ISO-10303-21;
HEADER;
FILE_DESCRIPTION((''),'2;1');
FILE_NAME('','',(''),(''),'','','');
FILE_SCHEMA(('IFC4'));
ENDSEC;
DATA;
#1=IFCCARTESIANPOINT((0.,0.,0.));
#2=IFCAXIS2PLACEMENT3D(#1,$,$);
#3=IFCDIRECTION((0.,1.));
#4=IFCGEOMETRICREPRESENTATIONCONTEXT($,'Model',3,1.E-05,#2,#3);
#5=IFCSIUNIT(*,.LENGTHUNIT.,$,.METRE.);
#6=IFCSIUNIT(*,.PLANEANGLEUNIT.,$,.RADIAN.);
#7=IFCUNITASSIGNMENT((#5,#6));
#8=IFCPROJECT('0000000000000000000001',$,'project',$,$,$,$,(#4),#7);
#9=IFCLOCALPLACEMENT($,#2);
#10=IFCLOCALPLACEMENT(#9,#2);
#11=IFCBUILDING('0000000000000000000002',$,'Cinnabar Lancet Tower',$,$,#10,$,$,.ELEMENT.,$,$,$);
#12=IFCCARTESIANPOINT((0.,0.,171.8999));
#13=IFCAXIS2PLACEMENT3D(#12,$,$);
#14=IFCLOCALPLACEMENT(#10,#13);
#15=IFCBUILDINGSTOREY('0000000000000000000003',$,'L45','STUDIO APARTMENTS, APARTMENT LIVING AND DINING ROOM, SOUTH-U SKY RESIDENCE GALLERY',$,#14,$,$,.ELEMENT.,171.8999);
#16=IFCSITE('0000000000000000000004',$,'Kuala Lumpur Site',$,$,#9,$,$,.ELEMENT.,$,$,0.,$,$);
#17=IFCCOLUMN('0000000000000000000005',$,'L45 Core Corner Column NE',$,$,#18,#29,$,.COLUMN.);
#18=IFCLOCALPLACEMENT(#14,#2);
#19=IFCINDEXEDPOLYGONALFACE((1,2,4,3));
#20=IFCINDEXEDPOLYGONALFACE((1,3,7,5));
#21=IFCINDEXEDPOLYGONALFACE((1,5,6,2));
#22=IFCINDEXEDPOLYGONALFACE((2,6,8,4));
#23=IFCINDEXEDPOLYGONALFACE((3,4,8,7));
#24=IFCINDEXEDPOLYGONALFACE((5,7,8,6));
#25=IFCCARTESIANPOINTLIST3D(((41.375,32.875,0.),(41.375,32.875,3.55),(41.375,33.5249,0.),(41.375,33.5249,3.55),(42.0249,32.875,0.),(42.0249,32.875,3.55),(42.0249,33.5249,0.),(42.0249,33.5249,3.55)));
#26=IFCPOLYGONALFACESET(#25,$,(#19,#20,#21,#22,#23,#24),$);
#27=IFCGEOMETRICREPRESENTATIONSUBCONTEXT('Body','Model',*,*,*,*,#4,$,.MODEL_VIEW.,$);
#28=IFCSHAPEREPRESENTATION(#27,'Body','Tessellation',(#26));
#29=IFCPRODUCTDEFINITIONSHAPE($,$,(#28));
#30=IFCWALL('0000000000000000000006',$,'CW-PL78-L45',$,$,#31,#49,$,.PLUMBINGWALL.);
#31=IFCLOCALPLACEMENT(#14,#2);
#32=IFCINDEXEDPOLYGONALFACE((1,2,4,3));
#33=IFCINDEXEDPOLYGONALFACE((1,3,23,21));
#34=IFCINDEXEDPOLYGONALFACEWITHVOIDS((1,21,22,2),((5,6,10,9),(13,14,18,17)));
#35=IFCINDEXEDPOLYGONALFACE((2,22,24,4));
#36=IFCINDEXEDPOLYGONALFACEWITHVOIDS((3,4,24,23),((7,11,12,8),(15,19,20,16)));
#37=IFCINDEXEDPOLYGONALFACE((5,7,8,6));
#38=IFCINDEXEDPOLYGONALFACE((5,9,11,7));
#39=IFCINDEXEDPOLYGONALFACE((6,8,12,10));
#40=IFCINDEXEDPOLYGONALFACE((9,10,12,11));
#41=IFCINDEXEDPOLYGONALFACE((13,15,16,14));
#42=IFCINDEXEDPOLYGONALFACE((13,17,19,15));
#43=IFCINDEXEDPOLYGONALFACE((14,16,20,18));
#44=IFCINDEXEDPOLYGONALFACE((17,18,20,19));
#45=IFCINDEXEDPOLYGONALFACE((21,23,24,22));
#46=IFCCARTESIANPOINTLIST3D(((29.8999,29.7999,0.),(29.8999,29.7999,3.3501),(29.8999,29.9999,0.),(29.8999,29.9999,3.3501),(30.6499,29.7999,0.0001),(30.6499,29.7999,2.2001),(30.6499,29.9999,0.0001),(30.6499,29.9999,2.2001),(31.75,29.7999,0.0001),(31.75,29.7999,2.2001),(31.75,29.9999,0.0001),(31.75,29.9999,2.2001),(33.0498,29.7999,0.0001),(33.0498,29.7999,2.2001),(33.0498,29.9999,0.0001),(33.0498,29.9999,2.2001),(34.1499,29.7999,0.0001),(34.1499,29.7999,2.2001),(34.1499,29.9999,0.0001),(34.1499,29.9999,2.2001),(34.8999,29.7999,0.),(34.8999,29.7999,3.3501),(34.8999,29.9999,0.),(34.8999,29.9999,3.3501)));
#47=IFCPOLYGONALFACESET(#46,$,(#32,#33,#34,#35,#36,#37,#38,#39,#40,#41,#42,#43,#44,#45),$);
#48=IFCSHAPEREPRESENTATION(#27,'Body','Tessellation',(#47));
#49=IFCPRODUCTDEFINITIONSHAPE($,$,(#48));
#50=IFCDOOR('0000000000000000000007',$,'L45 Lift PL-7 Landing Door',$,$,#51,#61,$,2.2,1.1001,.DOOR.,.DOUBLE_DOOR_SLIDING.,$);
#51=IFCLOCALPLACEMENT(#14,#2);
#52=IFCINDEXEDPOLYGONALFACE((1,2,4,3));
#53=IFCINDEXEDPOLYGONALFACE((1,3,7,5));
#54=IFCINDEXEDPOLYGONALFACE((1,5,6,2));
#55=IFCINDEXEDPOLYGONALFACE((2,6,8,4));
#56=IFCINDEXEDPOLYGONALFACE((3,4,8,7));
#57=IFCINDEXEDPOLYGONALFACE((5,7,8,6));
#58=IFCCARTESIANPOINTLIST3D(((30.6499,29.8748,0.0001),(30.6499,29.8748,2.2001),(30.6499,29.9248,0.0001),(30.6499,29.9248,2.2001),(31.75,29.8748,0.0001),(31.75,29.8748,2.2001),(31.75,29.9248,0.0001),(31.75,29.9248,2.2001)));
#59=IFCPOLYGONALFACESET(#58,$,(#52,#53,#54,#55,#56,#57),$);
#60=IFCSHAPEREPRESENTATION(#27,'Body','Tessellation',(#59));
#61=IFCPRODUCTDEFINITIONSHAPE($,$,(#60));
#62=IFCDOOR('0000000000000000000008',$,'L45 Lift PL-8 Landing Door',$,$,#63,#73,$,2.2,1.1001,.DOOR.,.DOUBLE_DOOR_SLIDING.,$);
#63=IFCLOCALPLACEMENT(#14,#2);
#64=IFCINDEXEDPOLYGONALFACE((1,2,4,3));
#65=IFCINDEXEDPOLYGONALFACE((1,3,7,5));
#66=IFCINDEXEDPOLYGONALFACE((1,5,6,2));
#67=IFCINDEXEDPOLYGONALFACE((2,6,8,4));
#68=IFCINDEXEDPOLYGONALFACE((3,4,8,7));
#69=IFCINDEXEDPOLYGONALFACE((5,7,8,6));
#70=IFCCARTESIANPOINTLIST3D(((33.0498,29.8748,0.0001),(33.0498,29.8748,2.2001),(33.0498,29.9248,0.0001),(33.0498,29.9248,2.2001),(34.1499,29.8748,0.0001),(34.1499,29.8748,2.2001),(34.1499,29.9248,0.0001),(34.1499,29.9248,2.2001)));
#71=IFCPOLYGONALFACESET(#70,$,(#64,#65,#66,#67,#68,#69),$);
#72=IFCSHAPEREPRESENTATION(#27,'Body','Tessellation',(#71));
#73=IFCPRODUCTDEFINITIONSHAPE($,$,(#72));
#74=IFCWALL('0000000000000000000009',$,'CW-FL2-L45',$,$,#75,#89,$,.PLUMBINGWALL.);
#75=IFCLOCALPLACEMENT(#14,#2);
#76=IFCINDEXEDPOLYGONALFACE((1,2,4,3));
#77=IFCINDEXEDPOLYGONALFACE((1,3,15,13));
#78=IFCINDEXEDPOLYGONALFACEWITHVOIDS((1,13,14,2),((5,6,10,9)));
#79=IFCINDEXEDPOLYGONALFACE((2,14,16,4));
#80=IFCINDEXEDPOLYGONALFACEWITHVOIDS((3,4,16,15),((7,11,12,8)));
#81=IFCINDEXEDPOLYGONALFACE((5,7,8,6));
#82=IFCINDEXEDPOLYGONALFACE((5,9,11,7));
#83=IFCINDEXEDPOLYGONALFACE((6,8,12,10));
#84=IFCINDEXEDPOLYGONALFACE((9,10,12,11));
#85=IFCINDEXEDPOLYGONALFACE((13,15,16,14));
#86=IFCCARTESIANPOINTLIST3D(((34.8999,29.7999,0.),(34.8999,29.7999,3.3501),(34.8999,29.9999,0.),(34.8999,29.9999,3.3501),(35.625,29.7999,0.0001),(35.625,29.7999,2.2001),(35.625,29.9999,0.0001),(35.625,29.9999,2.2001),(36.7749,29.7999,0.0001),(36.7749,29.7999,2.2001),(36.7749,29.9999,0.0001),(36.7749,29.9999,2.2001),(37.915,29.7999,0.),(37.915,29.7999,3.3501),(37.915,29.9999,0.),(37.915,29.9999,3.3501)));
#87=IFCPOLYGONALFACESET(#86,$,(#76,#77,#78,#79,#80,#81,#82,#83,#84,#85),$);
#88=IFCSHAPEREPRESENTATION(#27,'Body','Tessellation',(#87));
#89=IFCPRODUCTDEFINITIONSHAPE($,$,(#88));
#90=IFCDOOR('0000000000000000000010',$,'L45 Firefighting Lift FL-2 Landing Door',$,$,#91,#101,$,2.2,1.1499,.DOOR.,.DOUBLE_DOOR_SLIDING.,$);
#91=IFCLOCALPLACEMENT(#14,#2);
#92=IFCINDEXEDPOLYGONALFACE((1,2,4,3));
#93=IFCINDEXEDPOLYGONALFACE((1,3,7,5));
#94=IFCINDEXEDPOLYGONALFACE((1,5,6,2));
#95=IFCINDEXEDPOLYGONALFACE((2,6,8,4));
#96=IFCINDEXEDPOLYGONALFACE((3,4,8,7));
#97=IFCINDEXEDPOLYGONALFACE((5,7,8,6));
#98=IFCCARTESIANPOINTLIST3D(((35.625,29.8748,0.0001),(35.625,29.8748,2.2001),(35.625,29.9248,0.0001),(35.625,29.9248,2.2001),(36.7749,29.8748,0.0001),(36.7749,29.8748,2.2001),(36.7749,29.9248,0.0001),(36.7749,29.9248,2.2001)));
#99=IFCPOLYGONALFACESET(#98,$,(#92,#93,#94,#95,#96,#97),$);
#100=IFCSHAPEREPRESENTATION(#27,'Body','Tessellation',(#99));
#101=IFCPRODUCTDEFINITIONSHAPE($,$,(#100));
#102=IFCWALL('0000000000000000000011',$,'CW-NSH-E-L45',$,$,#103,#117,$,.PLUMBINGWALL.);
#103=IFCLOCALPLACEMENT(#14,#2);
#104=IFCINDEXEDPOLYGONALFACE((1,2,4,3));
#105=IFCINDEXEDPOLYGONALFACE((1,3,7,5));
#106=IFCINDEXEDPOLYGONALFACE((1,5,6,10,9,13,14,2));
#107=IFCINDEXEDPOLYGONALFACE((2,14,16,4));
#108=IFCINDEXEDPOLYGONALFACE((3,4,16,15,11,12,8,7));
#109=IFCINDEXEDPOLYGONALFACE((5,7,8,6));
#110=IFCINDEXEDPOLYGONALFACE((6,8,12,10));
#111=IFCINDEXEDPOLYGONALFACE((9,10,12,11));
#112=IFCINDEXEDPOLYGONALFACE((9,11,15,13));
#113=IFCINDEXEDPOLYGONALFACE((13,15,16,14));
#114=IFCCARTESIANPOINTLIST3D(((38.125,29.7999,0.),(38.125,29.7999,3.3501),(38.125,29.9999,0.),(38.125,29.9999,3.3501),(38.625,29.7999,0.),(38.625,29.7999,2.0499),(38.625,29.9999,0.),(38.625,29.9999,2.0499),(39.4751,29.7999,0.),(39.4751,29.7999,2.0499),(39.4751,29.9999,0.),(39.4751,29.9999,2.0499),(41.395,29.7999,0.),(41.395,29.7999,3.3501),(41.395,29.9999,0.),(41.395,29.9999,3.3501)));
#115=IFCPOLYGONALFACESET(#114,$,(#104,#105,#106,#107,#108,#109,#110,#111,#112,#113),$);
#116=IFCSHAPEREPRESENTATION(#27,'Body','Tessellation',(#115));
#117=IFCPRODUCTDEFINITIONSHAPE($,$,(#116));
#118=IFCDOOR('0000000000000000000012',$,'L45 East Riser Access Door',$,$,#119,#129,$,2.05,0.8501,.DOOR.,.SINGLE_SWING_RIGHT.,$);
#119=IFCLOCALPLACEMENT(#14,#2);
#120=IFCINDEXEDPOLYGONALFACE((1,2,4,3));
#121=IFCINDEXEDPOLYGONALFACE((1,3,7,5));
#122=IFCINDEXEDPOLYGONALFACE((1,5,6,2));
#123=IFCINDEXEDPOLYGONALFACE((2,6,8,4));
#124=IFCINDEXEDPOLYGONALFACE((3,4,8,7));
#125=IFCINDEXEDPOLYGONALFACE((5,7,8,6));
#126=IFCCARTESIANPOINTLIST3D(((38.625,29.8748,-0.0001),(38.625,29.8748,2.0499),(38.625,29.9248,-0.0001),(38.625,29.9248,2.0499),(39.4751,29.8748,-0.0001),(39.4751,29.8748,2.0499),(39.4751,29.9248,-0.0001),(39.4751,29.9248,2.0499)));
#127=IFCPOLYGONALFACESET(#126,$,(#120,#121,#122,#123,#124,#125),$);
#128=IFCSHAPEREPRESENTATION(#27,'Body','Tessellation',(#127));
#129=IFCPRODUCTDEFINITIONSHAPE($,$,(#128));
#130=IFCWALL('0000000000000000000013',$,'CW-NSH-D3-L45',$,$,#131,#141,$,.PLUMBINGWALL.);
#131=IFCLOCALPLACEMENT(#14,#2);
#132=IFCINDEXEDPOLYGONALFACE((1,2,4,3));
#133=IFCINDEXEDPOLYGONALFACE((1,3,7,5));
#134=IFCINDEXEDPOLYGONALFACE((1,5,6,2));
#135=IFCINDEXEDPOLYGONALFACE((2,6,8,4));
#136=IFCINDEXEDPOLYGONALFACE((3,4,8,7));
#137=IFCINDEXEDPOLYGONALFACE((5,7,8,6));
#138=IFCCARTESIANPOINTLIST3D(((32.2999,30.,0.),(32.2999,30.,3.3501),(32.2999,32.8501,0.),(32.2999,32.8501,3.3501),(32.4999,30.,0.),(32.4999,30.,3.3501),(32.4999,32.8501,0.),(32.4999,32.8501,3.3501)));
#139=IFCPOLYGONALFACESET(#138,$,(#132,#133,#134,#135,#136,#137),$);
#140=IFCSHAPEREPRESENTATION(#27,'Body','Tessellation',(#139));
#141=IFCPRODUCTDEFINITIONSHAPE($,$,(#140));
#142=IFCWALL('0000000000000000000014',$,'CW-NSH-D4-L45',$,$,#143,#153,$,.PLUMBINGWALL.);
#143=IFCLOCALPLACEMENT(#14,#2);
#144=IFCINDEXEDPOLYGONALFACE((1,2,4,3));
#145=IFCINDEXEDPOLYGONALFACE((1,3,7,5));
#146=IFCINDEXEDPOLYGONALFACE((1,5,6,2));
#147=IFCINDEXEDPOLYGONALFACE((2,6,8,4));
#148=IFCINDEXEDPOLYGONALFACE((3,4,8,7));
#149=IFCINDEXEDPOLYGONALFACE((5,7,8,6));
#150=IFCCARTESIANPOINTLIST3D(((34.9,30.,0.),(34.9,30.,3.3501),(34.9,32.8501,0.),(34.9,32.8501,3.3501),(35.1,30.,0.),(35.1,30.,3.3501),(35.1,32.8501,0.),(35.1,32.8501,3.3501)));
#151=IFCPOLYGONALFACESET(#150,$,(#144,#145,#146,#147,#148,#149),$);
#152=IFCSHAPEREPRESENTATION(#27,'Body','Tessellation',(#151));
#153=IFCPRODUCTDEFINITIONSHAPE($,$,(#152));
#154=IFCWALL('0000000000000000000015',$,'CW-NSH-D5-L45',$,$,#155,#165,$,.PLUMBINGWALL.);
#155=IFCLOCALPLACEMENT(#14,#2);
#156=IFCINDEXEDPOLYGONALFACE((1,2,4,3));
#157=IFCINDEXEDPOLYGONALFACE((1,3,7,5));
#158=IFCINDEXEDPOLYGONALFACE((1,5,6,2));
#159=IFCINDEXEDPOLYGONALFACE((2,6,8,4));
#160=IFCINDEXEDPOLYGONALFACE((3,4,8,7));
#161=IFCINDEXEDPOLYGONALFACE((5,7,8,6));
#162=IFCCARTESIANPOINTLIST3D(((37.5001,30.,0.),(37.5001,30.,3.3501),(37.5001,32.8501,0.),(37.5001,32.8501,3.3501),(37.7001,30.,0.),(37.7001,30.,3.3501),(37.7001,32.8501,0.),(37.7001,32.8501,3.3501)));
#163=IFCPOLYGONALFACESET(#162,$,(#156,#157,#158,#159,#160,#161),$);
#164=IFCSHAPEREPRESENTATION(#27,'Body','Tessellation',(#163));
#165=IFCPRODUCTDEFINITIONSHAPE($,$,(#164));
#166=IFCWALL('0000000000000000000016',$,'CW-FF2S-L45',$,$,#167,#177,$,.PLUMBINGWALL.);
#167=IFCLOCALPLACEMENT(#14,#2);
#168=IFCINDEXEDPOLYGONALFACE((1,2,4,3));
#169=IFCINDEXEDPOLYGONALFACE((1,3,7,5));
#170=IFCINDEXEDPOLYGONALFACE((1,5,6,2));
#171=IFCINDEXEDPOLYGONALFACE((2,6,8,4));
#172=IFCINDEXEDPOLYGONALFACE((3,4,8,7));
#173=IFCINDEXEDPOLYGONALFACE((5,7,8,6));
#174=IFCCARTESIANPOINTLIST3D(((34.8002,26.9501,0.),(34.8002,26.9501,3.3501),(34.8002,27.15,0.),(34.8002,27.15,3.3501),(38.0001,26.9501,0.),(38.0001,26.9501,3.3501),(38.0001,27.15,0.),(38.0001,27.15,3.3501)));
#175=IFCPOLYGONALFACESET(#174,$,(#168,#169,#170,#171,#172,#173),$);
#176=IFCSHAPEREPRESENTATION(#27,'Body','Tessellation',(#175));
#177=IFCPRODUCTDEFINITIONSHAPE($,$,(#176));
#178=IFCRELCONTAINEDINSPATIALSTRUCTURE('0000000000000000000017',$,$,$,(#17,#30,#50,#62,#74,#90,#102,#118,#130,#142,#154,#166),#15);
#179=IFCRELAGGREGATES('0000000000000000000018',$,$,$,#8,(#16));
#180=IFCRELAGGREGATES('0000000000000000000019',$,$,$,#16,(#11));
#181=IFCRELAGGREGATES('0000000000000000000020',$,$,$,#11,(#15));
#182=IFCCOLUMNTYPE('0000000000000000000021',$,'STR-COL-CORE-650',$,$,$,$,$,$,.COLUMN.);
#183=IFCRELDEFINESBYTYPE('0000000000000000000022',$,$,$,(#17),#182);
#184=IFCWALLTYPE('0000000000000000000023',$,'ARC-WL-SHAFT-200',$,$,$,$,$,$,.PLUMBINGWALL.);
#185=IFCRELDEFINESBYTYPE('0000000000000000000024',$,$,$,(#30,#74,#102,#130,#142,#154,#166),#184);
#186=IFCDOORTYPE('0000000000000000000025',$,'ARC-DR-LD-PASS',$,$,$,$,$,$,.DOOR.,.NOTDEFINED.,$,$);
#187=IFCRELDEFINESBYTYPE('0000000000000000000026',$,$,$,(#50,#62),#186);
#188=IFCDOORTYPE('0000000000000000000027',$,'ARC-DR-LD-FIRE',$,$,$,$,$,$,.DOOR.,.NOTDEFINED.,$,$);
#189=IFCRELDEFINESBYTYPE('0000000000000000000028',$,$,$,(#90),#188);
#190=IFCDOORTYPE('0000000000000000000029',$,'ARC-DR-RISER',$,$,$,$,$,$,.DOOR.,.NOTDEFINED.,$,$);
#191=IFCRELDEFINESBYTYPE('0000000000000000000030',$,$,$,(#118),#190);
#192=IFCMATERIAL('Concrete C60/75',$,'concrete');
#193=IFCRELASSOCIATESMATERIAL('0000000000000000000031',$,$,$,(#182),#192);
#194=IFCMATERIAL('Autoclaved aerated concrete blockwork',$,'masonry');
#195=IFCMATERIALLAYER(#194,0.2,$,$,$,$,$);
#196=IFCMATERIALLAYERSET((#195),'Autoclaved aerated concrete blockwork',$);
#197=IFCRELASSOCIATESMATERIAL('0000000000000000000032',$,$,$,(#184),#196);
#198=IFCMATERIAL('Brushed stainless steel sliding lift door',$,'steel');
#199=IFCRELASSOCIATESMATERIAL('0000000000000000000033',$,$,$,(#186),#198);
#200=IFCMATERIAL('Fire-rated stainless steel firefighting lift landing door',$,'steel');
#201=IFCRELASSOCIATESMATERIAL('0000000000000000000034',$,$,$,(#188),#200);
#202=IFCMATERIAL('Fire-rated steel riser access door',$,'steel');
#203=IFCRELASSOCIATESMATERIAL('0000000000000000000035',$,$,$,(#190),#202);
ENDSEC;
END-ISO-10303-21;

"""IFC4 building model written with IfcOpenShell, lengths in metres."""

from ifc_helpers import new_model, si_unit, direction, frame, frame_2d, origin, origin_2d, place, context, subcontext, project, spatial, rectangle, extrude, material, layer, layer_set, material_profile, profile_set, type_object, element, fill, save


model = new_model("IFC4")

# Units and contexts
model_context = context("Model", 3, precision=1e-05, world=origin(), true_north=direction((0.0, 1.0)))
body_context = subcontext(model_context, "Body", "Model", "MODEL_VIEW")
ifc_project = project(units=[si_unit("LENGTHUNIT", "METRE"), si_unit("PLANEANGLEUNIT", "RADIAN")], contexts=[model_context])

# Site, building, storey
site_placement = place(None, origin())
site = spatial("IfcSite", under=ifc_project, at=site_placement, Name="Kuala Lumpur Site", CompositionType="ELEMENT", RefElevation=0.0)
building_placement = place(site_placement, origin())
building = spatial("IfcBuilding", under=site, at=building_placement, Name="Cinnabar Lancet Tower", CompositionType="ELEMENT")
storey_placement = place(building_placement, frame((0.0, 0.0, 171.8999)))
storey = spatial("IfcBuildingStorey", under=building, at=storey_placement, Name="L45", Description="STUDIO APARTMENTS, APARTMENT LIVING AND DINING ROOM, SOUTH-U SKY RESIDENCE GALLERY", CompositionType="ELEMENT", Elevation=171.8999)

# Column
ifc_material_1 = material(Name="Concrete C60/75", Category="concrete")
ifc_material_profile = material_profile(ifc_material_1, rectangle(XDim=0.6499, YDim=0.6499, at=origin_2d()), Name="RC-COL 650x650")
ifc_profile_set = profile_set([ifc_material_profile], Name="Concrete C60/75")
column_type = type_object("IfcColumnType", Name="STR-COL-CORE-650", PredefinedType="COLUMN", material=ifc_profile_set)
column_placement = place(storey_placement, frame((41.7, 33.2, 0.0), z_axis=(0.0, 0.0, 1.0), x_axis=(1.0, 0.0, 0.0)))
element("IfcColumn", 1, at=column_placement, inside=storey, type_object=column_type, Name="L45 Core Corner Column NE", PredefinedType="COLUMN", context=body_context, shape_type="SweptSolid", body=[
    extrude(rectangle(XDim=0.6499, YDim=0.6499, at=origin_2d()), origin(), (0.0, 0.0, 1.0), 3.55),
])

# Wall, openings, doors
ifc_material_2 = material(Name="Autoclaved aerated concrete blockwork", Category="masonry")
ifc_layer = layer(ifc_material_2, 0.2)
ifc_layer_set = layer_set([ifc_layer], Name="Autoclaved aerated concrete blockwork")
wall_type = type_object("IfcWallType", Name="ARC-WL-SHAFT-200", PredefinedType="PLUMBINGWALL", material=ifc_layer_set)
wall_1_placement = place(storey_placement, frame((29.8999, 29.8999, 0.0), z_axis=(0.0, 0.0, 1.0), x_axis=(1.0, 0.0, 0.0)))
wall_1 = element("IfcWall", 2, at=wall_1_placement, inside=storey, type_object=wall_type, Name="CW-PL78-L45", PredefinedType="PLUMBINGWALL", context=body_context, shape_type="SweptSolid", body=[
    extrude(rectangle(XDim=5.0, YDim=0.2, at=frame_2d((2.5, 0.0))), origin(), (0.0, 0.0, 1.0), 3.3501),
])
opening_1_placement = place(wall_1_placement, frame((0.75, 0.0, 0.0)))
opening_1 = element("IfcOpeningElement", 3, at=opening_1_placement, cuts=wall_1, PredefinedType="OPENING", context=body_context, shape_type="SweptSolid", body=[
    extrude(rectangle(XDim=1.1001, YDim=2.2, at=frame_2d((0.55, 1.1001))), frame((0.0, 0.1099, 0.0), z_axis=(0.0, -1.0, 0.0), x_axis=(1.0, 0.0, 0.0)), (0.0, 0.0, 1.0), 0.22),
])
opening_2_placement = place(wall_1_placement, frame((3.1499, 0.0, 0.0)))
opening_2 = element("IfcOpeningElement", 4, at=opening_2_placement, cuts=wall_1, PredefinedType="OPENING", context=body_context, shape_type="SweptSolid", body=[
    extrude(rectangle(XDim=1.1001, YDim=2.2, at=frame_2d((0.55, 1.1001))), frame((0.0, 0.1099, 0.0), z_axis=(0.0, -1.0, 0.0), x_axis=(1.0, 0.0, 0.0)), (0.0, 0.0, 1.0), 0.22),
])
ifc_material_3 = material(Name="Brushed stainless steel sliding lift door", Category="steel")
door_type_1 = type_object("IfcDoorType", Name="ARC-DR-LD-PASS", OperationType="NOTDEFINED", PredefinedType="DOOR", material=ifc_material_3)
door_1_placement = place(opening_1_placement, origin())
door_1 = element("IfcDoor", 5, at=door_1_placement, inside=storey, type_object=door_type_1, Name="L45 Lift PL-7 Landing Door", OperationType="DOUBLE_DOOR_SLIDING", OverallHeight=2.2, OverallWidth=1.1001, PredefinedType="DOOR", context=body_context, shape_type="SweptSolid", body=[
    extrude(rectangle(XDim=1.1001, YDim=2.2, at=frame_2d((0.55, 1.1001))), frame((0.0, 0.0249, 0.0), z_axis=(0.0, -1.0, 0.0), x_axis=(1.0, 0.0, 0.0)), (0.0, 0.0, 1.0), 0.05),
])
fill(opening_1, door_1)
door_2_placement = place(opening_2_placement, origin())
door_2 = element("IfcDoor", 6, at=door_2_placement, inside=storey, type_object=door_type_1, Name="L45 Lift PL-8 Landing Door", OperationType="DOUBLE_DOOR_SLIDING", OverallHeight=2.2, OverallWidth=1.1001, PredefinedType="DOOR", context=body_context, shape_type="SweptSolid", body=[
    extrude(rectangle(XDim=1.1001, YDim=2.2, at=frame_2d((0.55, 1.1001))), frame((0.0, 0.0249, 0.0), z_axis=(0.0, -1.0, 0.0), x_axis=(1.0, 0.0, 0.0)), (0.0, 0.0, 1.0), 0.05),
])
fill(opening_2, door_2)

# Walls, openings, doors
wall_2_placement = place(storey_placement, frame((34.8999, 29.8999, 0.0), z_axis=(0.0, 0.0, 1.0), x_axis=(1.0, 0.0, 0.0)))
wall_2 = element("IfcWall", 7, at=wall_2_placement, inside=storey, type_object=wall_type, Name="CW-FL2-L45", PredefinedType="PLUMBINGWALL", context=body_context, shape_type="SweptSolid", body=[
    extrude(rectangle(XDim=3.0151, YDim=0.2, at=frame_2d((1.5076, 0.0))), origin(), (0.0, 0.0, 1.0), 3.3501),
])
opening_3_placement = place(wall_2_placement, frame((0.7251, 0.0, 0.0)))
opening_3 = element("IfcOpeningElement", 8, at=opening_3_placement, cuts=wall_2, PredefinedType="OPENING", context=body_context, shape_type="SweptSolid", body=[
    extrude(rectangle(XDim=1.1499, YDim=2.2, at=frame_2d((0.575, 1.1001))), frame((0.0, 0.1099, 0.0), z_axis=(0.0, -1.0, 0.0), x_axis=(1.0, 0.0, 0.0)), (0.0, 0.0, 1.0), 0.22),
])
ifc_material_4 = material(Name="Fire-rated stainless steel firefighting lift landing door", Category="steel")
door_type_2 = type_object("IfcDoorType", Name="ARC-DR-LD-FIRE", OperationType="NOTDEFINED", PredefinedType="DOOR", material=ifc_material_4)
door_3_placement = place(opening_3_placement, origin())
door_3 = element("IfcDoor", 9, at=door_3_placement, inside=storey, type_object=door_type_2, Name="L45 Firefighting Lift FL-2 Landing Door", OperationType="DOUBLE_DOOR_SLIDING", OverallHeight=2.2, OverallWidth=1.1499, PredefinedType="DOOR", context=body_context, shape_type="SweptSolid", body=[
    extrude(rectangle(XDim=1.1499, YDim=2.2, at=frame_2d((0.575, 1.1001))), frame((0.0, 0.0249, 0.0), z_axis=(0.0, -1.0, 0.0), x_axis=(1.0, 0.0, 0.0)), (0.0, 0.0, 1.0), 0.05),
])
fill(opening_3, door_3)
wall_3_placement = place(storey_placement, frame((38.125, 29.8999, 0.0), z_axis=(0.0, 0.0, 1.0), x_axis=(1.0, 0.0, 0.0)))
wall_3 = element("IfcWall", 10, at=wall_3_placement, inside=storey, type_object=wall_type, Name="CW-NSH-E-L45", PredefinedType="PLUMBINGWALL", context=body_context, shape_type="SweptSolid", body=[
    extrude(rectangle(XDim=3.27, YDim=0.2, at=frame_2d((1.635, 0.0))), origin(), (0.0, 0.0, 1.0), 3.3501),
])
opening_4_placement = place(wall_3_placement, frame((0.5, 0.0, 0.0)))
opening_4 = element("IfcOpeningElement", 11, at=opening_4_placement, cuts=wall_3, PredefinedType="OPENING", context=body_context, shape_type="SweptSolid", body=[
    extrude(rectangle(XDim=0.8501, YDim=2.05, at=frame_2d((0.425, 1.0249))), frame((0.0, 0.1099, 0.0), z_axis=(0.0, -1.0, 0.0), x_axis=(1.0, 0.0, 0.0)), (0.0, 0.0, 1.0), 0.22),
])
ifc_material_5 = material(Name="Fire-rated steel riser access door", Category="steel")
door_type_3 = type_object("IfcDoorType", Name="ARC-DR-RISER", OperationType="NOTDEFINED", PredefinedType="DOOR", material=ifc_material_5)
door_4_placement = place(opening_4_placement, origin())
door_4 = element("IfcDoor", 12, at=door_4_placement, inside=storey, type_object=door_type_3, Name="L45 East Riser Access Door", OperationType="SINGLE_SWING_RIGHT", OverallHeight=2.05, OverallWidth=0.8501, PredefinedType="DOOR", context=body_context, shape_type="SweptSolid", body=[
    extrude(rectangle(XDim=0.8501, YDim=2.05, at=frame_2d((0.425, 1.0249))), frame((0.0, 0.0249, 0.0), z_axis=(0.0, -1.0, 0.0), x_axis=(1.0, 0.0, 0.0)), (0.0, 0.0, 1.0), 0.05),
])
fill(opening_4, door_4)

# Walls
for number, where, z_axis, x_axis, name in (
    (13, (32.3999, 30.0, 0.0), (0.0, 0.0, 1.0), (0.0, 1.0, 0.0), "CW-NSH-D3-L45"),
    (14, (35.0, 30.0, 0.0), (0.0, 0.0, 1.0), (0.0, 1.0, 0.0), "CW-NSH-D4-L45"),
    (15, (37.6001, 30.0, 0.0), (0.0, 0.0, 1.0), (0.0, 1.0, 0.0), "CW-NSH-D5-L45"),
):
    element("IfcWall", number, at=place(storey_placement, frame(where, z_axis=z_axis, x_axis=x_axis)), inside=storey, type_object=wall_type, Name=name, PredefinedType="PLUMBINGWALL", context=body_context, shape_type="SweptSolid", body=[
        extrude(rectangle(XDim=2.8501, YDim=0.2, at=frame_2d((1.425, 0.0))), origin(), (0.0, 0.0, 1.0), 3.3501),
    ])

# Wall
wall_4_placement = place(storey_placement, frame((34.8, 27.05, 0.0), z_axis=(0.0, 0.0, 1.0), x_axis=(1.0, 0.0, 0.0)))
element("IfcWall", 16, at=wall_4_placement, inside=storey, type_object=wall_type, Name="CW-FF2S-L45", PredefinedType="PLUMBINGWALL", context=body_context, shape_type="SweptSolid", body=[
    extrude(rectangle(XDim=3.2, YDim=0.2, at=frame_2d((1.6001, 0.0))), origin(), (0.0, 0.0, 1.0), 3.3501),
])

save(model, "model.ifc")
